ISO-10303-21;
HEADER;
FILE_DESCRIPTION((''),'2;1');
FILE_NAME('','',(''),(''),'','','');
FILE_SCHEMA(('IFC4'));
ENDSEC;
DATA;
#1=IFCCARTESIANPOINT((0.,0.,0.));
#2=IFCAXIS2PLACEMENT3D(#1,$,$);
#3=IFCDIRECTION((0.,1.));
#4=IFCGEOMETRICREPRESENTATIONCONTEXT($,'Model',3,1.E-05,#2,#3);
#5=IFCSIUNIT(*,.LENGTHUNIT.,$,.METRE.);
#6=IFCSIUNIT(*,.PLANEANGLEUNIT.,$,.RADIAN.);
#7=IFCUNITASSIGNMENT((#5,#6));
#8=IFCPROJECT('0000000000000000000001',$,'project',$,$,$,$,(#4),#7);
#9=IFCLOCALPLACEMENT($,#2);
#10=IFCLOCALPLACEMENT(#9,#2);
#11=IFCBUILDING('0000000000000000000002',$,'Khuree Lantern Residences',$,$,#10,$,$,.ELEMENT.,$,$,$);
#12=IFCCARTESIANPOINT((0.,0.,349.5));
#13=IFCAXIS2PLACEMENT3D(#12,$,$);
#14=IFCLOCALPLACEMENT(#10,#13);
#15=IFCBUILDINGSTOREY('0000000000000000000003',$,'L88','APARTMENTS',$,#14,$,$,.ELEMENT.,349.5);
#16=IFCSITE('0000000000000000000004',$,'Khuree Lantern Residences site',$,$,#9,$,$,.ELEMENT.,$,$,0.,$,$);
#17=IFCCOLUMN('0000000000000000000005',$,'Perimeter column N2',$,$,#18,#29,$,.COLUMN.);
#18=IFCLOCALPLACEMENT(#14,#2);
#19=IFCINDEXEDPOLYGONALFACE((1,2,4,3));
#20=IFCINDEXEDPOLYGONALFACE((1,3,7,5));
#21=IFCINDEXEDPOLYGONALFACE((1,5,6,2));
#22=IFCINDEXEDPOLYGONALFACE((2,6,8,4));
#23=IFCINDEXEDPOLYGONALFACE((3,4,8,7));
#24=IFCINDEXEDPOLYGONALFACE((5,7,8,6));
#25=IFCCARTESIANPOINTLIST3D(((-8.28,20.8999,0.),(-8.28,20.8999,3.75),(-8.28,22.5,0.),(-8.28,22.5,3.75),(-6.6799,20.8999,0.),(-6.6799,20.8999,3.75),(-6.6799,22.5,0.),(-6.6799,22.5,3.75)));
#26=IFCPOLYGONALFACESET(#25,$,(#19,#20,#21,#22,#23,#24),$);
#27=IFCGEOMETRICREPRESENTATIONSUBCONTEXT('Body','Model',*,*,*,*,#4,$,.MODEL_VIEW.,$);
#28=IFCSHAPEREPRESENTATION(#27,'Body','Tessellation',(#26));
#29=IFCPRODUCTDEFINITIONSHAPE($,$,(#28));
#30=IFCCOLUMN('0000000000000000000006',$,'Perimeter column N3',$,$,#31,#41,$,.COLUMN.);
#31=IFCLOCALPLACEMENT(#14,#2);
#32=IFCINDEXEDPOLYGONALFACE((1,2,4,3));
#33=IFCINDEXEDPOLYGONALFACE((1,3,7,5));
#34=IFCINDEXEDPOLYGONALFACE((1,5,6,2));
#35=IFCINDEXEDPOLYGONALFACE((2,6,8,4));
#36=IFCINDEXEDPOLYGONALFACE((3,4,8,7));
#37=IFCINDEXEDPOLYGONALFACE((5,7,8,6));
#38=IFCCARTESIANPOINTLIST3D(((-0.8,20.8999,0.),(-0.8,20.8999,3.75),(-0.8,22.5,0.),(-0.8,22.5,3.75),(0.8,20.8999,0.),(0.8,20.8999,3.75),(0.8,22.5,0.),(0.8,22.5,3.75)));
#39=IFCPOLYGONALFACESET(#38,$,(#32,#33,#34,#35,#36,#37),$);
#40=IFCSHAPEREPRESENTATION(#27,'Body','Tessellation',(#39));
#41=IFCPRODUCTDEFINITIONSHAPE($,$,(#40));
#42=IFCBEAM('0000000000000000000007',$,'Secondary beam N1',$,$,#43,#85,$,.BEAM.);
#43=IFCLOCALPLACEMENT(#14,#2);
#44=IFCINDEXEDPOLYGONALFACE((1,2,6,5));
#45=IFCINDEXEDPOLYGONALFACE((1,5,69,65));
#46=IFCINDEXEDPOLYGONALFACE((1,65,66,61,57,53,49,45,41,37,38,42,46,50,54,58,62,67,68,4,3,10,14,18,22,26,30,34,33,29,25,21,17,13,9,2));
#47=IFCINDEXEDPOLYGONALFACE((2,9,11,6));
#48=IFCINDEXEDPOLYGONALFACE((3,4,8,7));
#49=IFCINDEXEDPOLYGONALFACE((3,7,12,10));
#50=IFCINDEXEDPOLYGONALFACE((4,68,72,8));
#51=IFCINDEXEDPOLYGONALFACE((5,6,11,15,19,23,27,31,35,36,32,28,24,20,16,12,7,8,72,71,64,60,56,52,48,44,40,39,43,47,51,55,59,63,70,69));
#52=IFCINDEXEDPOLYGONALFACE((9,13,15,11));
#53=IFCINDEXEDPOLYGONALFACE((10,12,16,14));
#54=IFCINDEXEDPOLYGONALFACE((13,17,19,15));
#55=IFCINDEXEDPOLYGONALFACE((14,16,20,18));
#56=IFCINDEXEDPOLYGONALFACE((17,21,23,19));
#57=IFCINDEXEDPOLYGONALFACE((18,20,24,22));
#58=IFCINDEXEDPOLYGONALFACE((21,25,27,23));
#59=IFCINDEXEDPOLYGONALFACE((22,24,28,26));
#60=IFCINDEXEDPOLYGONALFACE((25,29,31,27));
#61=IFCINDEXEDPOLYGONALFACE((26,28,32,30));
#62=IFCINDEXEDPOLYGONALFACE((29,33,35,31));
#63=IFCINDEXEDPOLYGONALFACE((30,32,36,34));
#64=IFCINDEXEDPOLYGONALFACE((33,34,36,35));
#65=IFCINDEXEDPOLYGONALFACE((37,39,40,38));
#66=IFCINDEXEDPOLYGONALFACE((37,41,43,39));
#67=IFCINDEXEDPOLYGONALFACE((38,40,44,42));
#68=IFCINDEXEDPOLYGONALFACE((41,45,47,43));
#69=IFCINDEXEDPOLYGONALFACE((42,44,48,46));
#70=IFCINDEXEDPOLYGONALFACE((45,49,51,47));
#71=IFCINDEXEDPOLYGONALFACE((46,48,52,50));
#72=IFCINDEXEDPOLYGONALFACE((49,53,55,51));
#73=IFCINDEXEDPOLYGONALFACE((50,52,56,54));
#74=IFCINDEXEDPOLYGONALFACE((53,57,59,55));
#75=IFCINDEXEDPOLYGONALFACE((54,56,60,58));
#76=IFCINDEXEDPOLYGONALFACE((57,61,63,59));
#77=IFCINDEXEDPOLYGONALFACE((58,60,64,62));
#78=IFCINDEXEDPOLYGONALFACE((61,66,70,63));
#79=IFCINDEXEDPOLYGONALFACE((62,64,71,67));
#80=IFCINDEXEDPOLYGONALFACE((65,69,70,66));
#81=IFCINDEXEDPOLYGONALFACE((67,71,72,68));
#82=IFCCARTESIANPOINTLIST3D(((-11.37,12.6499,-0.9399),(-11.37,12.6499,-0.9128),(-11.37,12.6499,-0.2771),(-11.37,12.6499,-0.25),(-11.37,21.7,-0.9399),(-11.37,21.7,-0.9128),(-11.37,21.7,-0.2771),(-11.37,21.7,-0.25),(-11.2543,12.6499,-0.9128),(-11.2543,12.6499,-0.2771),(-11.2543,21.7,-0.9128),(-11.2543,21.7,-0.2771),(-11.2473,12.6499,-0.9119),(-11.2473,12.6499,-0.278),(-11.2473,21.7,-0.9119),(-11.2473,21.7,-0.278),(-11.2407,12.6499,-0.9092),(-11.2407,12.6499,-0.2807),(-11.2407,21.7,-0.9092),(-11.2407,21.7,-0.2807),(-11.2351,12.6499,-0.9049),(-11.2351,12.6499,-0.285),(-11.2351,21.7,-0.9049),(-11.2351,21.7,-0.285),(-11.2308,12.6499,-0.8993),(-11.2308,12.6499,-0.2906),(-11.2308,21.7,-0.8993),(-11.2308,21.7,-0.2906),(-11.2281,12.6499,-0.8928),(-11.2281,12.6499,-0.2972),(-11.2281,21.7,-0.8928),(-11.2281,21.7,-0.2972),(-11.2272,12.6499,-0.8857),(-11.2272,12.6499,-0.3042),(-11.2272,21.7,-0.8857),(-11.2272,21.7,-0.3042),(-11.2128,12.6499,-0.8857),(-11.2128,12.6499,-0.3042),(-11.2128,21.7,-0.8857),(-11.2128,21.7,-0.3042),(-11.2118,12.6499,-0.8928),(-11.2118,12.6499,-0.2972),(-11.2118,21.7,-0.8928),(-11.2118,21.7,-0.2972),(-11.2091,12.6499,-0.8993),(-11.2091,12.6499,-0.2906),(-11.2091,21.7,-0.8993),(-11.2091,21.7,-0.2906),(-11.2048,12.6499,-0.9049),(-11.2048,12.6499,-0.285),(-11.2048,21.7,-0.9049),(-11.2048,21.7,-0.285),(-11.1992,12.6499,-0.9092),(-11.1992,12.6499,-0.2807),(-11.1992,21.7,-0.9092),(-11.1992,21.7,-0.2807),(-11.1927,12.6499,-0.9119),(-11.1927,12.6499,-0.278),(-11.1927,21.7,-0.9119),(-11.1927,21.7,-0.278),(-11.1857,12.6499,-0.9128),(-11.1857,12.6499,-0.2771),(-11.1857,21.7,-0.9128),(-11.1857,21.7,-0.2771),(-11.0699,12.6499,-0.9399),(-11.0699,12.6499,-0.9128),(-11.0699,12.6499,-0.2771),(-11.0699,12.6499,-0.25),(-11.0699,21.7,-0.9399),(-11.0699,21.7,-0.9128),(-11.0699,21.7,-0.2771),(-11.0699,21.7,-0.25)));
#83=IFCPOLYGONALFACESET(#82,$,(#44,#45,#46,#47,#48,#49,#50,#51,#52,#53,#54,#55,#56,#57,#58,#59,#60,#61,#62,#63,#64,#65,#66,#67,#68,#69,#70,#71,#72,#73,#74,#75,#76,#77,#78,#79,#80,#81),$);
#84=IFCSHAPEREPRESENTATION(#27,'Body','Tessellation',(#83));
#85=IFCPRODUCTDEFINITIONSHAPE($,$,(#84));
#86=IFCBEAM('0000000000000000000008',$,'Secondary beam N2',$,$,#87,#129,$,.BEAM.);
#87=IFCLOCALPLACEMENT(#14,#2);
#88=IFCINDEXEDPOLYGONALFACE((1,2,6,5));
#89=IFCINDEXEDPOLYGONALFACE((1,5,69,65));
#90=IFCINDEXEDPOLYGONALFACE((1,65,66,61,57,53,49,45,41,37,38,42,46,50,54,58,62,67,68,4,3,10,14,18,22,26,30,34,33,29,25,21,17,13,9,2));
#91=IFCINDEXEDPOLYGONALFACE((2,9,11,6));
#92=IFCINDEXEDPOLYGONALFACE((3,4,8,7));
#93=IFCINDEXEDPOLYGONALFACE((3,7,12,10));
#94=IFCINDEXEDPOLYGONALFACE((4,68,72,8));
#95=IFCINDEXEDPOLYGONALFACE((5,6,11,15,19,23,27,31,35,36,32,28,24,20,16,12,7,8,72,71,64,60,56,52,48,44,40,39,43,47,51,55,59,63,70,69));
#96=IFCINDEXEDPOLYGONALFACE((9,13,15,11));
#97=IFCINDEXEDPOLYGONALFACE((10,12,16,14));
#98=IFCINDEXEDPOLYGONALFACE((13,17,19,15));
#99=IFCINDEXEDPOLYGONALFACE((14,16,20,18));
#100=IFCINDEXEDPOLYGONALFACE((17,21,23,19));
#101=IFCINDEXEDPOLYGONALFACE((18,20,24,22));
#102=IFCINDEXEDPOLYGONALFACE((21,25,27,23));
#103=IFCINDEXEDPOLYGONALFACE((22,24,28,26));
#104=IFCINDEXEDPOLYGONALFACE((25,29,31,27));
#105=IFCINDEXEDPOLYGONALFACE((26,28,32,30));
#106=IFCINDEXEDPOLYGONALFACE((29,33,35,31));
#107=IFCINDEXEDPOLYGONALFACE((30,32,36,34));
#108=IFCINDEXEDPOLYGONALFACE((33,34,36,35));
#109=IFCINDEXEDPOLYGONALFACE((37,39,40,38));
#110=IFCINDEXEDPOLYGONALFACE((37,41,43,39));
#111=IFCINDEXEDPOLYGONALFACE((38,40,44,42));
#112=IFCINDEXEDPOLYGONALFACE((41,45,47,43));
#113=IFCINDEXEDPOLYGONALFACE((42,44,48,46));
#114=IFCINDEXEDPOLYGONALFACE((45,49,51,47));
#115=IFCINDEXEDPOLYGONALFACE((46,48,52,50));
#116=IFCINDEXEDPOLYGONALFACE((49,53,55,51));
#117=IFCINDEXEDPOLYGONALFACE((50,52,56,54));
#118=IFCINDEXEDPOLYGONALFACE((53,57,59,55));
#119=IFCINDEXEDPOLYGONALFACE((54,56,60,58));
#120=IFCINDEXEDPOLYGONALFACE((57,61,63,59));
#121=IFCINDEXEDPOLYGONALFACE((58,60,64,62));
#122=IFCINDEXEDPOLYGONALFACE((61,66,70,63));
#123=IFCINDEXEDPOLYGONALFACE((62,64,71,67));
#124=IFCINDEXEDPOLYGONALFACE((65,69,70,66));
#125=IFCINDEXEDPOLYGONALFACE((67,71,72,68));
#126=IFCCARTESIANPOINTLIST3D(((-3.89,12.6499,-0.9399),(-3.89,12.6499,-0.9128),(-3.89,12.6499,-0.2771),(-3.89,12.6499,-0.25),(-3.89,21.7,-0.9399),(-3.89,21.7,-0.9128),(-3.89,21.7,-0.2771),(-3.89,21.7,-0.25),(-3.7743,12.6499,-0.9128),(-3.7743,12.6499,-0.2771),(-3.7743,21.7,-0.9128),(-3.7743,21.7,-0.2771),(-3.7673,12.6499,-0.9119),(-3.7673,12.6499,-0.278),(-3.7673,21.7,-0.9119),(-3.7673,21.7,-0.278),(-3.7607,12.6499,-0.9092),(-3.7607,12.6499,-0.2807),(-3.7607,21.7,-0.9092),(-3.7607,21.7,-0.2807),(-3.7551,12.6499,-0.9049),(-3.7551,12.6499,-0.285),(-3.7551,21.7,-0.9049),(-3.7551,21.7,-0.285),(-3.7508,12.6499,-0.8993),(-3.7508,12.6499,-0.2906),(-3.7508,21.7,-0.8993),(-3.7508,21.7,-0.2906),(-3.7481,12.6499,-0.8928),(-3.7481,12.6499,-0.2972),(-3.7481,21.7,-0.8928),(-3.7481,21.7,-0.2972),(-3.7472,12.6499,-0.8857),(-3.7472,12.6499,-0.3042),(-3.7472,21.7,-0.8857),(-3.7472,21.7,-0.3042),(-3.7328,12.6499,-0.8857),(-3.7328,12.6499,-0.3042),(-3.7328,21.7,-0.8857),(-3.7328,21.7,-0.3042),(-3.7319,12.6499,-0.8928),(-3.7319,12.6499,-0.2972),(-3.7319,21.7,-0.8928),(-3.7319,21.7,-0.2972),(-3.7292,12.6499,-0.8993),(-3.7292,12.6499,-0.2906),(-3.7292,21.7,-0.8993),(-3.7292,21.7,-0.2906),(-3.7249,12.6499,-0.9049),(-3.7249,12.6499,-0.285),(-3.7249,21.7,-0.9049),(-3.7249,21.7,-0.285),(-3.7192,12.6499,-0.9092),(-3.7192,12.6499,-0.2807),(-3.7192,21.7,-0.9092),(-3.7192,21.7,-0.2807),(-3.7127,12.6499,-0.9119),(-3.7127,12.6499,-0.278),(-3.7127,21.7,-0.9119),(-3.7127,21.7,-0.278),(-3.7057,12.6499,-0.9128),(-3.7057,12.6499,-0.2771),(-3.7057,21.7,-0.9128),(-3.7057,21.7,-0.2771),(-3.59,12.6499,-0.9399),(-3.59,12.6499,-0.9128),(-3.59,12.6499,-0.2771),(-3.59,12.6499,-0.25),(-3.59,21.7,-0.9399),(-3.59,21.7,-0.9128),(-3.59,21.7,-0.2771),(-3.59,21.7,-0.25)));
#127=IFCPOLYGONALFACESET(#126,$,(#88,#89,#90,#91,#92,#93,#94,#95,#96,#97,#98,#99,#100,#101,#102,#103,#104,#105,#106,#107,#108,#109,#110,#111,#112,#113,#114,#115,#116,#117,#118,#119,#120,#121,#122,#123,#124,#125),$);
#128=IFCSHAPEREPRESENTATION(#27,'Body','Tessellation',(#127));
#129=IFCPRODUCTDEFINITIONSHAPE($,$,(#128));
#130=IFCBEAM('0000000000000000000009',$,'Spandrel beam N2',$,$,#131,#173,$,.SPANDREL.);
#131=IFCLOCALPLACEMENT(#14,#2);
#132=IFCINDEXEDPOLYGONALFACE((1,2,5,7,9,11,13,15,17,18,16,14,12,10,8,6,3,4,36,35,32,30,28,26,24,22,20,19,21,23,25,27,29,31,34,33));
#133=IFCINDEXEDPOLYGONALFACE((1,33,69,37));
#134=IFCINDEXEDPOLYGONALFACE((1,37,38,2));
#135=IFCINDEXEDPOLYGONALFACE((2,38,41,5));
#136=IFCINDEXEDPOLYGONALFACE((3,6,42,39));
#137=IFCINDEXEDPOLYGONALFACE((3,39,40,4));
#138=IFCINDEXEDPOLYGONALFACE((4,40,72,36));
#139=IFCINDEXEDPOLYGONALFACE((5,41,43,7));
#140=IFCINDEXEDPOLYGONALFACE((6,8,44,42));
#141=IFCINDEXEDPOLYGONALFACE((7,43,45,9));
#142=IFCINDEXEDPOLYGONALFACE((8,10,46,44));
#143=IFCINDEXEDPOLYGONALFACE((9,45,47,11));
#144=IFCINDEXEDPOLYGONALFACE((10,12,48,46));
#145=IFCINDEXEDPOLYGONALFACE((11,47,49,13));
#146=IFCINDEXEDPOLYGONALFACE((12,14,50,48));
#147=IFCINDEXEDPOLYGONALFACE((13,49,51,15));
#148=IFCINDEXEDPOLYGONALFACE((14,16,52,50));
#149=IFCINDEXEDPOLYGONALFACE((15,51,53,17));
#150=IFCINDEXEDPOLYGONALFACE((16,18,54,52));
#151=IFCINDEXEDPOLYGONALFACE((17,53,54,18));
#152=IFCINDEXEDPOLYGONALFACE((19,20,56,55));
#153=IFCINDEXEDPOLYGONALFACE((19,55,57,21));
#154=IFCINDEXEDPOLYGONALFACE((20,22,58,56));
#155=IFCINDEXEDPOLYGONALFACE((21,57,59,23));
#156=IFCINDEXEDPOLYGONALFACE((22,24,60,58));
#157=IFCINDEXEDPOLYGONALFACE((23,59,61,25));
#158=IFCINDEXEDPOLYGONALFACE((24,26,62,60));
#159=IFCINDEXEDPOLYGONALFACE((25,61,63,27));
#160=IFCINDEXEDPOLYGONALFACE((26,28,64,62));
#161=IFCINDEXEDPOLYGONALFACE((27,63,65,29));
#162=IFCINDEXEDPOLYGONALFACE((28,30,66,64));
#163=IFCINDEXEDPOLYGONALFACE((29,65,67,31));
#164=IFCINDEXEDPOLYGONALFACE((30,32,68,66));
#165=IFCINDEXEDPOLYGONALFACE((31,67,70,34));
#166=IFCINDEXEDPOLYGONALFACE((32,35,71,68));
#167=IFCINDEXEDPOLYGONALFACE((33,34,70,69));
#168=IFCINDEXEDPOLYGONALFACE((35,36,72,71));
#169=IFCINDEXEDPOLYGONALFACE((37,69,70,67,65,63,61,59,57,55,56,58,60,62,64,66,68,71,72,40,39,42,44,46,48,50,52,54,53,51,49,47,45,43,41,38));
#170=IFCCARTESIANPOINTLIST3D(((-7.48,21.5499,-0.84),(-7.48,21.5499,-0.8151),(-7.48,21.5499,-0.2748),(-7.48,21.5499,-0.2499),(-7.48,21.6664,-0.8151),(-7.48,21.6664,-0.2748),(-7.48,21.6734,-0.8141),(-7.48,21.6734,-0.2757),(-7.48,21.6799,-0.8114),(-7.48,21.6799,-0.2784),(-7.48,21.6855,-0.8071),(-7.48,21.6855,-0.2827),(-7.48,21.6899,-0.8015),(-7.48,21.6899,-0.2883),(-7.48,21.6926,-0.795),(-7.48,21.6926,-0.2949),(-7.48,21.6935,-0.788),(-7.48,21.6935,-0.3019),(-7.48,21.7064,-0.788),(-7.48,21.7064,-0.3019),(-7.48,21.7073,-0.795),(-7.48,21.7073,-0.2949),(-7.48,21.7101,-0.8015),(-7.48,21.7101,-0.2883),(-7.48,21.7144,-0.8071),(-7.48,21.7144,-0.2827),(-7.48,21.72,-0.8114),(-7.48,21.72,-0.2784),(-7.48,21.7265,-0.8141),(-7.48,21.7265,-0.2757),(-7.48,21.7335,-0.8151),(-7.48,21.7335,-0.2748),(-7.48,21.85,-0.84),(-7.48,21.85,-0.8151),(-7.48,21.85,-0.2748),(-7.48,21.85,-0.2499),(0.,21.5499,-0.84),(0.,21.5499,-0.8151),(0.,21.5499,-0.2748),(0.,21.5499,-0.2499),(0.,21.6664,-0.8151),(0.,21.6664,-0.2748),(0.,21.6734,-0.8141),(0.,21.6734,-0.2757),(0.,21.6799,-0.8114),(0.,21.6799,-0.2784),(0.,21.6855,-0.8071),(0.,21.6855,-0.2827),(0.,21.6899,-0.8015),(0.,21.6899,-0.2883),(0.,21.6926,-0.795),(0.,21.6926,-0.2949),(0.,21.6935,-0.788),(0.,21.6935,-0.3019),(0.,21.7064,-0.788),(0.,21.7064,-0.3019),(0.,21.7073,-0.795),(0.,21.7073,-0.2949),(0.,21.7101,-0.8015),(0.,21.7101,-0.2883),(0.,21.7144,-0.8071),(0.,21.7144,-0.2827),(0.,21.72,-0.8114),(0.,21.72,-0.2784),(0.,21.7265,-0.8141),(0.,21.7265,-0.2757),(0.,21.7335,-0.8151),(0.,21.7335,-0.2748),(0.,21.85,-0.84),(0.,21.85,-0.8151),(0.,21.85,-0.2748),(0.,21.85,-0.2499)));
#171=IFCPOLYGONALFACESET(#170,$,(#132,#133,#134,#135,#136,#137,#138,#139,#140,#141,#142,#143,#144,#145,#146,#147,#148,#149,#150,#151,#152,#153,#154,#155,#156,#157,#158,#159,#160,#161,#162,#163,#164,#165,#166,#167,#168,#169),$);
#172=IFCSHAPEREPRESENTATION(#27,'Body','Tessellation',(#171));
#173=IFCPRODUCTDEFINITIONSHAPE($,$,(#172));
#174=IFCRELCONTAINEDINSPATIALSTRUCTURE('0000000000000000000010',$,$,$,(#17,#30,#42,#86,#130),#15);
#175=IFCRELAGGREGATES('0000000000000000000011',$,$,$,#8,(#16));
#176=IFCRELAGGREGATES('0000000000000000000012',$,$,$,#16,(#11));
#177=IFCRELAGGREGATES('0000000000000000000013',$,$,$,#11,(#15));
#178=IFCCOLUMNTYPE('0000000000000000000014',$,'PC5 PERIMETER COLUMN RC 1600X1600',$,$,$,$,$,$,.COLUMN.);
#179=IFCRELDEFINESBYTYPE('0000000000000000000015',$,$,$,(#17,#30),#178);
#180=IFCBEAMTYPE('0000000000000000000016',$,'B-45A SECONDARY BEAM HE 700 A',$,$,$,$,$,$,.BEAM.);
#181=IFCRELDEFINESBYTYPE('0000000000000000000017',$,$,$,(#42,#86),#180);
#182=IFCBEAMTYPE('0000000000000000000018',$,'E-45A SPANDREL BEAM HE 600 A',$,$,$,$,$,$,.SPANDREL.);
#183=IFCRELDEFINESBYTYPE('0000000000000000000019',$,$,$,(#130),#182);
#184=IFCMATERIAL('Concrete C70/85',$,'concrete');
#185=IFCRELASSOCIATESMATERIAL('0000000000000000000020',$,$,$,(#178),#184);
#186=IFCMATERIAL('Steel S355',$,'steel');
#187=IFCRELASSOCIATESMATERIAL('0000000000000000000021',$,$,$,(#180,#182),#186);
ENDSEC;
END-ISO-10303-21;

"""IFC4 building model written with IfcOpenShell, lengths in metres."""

from ifc_helpers import new_model, si_unit, direction, frame, origin, origin_2d, place, context, subcontext, project, spatial, rectangle, i_section, extrude, material, material_profile, profile_set, type_object, element, save


model = new_model("IFC4")

# Units and contexts
model_context = context("Model", 3, precision=1e-05, world=origin(), true_north=direction((0.0, 1.0)))
body_context = subcontext(model_context, "Body", "Model", "MODEL_VIEW")
ifc_project = project(units=[si_unit("LENGTHUNIT", "METRE"), si_unit("PLANEANGLEUNIT", "RADIAN")], contexts=[model_context])

# Site, building, storey
site_placement = place(None, origin())
site = spatial("IfcSite", under=ifc_project, at=site_placement, Name="Khuree Lantern Residences site", CompositionType="ELEMENT", RefElevation=0.0)
building_placement = place(site_placement, origin())
building = spatial("IfcBuilding", under=site, at=building_placement, Name="Khuree Lantern Residences", CompositionType="ELEMENT")
storey_placement = place(building_placement, frame((0.0, 0.0, 349.5)))
storey = spatial("IfcBuildingStorey", under=building, at=storey_placement, Name="L88", Description="APARTMENTS", CompositionType="ELEMENT", Elevation=349.5)

# Columns
ifc_material_1 = material(Name="Concrete C70/85", Category="concrete")
ifc_material_profile_1 = material_profile(ifc_material_1, rectangle(XDim=1.6001, YDim=1.6001, at=origin_2d()), Name="RC 1600X1600")
ifc_profile_set_1 = profile_set([ifc_material_profile_1], Name="Concrete C70/85")
column_type = type_object("IfcColumnType", Name="PC5 PERIMETER COLUMN RC 1600X1600", PredefinedType="COLUMN", material=ifc_profile_set_1)
for number, where, z_axis, x_axis, name in (
    (1, (-7.48, 21.7, 0.0), (0.0, 0.0, 1.0), (1.0, 0.0, 0.0), "Perimeter column N2"),
    (2, (0.0, 21.7, 0.0), (0.0, 0.0, 1.0), (1.0, 0.0, 0.0), "Perimeter column N3"),
):
    element("IfcColumn", number, at=place(storey_placement, frame(where, z_axis=z_axis, x_axis=x_axis)), inside=storey, type_object=column_type, Name=name, PredefinedType="COLUMN", context=body_context, shape_type="SweptSolid", body=[
        extrude(rectangle(XDim=1.6001, YDim=1.6001, at=origin_2d()), origin(), (0.0, 0.0, 1.0), 3.75),
    ])

# Beams
ifc_material_2 = material(Name="Steel S355", Category="steel")
ifc_material_profile_2 = material_profile(ifc_material_2, i_section(OverallWidth=0.3, OverallDepth=0.6899, WebThickness=0.0144, FlangeThickness=0.0271, FilletRadius=0.0271, at=origin_2d()), Name="HE 700 A")
ifc_profile_set_2 = profile_set([ifc_material_profile_2], Name="Steel S355")
beam_type_1 = type_object("IfcBeamType", Name="B-45A SECONDARY BEAM HE 700 A", PredefinedType="BEAM", material=ifc_profile_set_2)
for number, where, z_axis, x_axis, name in (
    (3, (-11.22, 21.7, -0.595), (0.0, -1.0, 0.0), (1.0, 0.0, 0.0), "Secondary beam N1"),
    (4, (-3.74, 21.7, -0.595), (0.0, -1.0, 0.0), (1.0, 0.0, 0.0), "Secondary beam N2"),
):
    element("IfcBeam", number, at=place(storey_placement, frame(where, z_axis=z_axis, x_axis=x_axis)), inside=storey, type_object=beam_type_1, Name=name, PredefinedType="BEAM", context=body_context, shape_type="SweptSolid", body=[
        extrude(i_section(OverallWidth=0.3, OverallDepth=0.6899, WebThickness=0.0144, FlangeThickness=0.0271, FilletRadius=0.0271, at=origin_2d()), origin(), (0.0, 0.0, 1.0), 9.05),
    ])
ifc_material_profile_3 = material_profile(ifc_material_2, i_section(OverallWidth=0.3, OverallDepth=0.5901, WebThickness=0.0129, FlangeThickness=0.0249, FilletRadius=0.0271, at=origin_2d()), Name="HE 600 A")
ifc_profile_set_3 = profile_set([ifc_material_profile_3], Name="Steel S355")
beam_type_2 = type_object("IfcBeamType", Name="E-45A SPANDREL BEAM HE 600 A", PredefinedType="SPANDREL", material=ifc_profile_set_3)
for number, where, z_axis, x_axis, name in (
    (5, (-7.48, 21.7, -0.5449), (1.0, 0.0, 0.0), (0.0, 1.0, 0.0), "Spandrel beam N2"),
):
    element("IfcBeam", number, at=place(storey_placement, frame(where, z_axis=z_axis, x_axis=x_axis)), inside=storey, type_object=beam_type_2, Name=name, PredefinedType="SPANDREL", context=body_context, shape_type="SweptSolid", body=[
        extrude(i_section(OverallWidth=0.3, OverallDepth=0.5901, WebThickness=0.0129, FlangeThickness=0.0249, FilletRadius=0.0271, at=origin_2d()), origin(), (0.0, 0.0, 1.0), 7.48),
    ])

save(model, "model.ifc")
